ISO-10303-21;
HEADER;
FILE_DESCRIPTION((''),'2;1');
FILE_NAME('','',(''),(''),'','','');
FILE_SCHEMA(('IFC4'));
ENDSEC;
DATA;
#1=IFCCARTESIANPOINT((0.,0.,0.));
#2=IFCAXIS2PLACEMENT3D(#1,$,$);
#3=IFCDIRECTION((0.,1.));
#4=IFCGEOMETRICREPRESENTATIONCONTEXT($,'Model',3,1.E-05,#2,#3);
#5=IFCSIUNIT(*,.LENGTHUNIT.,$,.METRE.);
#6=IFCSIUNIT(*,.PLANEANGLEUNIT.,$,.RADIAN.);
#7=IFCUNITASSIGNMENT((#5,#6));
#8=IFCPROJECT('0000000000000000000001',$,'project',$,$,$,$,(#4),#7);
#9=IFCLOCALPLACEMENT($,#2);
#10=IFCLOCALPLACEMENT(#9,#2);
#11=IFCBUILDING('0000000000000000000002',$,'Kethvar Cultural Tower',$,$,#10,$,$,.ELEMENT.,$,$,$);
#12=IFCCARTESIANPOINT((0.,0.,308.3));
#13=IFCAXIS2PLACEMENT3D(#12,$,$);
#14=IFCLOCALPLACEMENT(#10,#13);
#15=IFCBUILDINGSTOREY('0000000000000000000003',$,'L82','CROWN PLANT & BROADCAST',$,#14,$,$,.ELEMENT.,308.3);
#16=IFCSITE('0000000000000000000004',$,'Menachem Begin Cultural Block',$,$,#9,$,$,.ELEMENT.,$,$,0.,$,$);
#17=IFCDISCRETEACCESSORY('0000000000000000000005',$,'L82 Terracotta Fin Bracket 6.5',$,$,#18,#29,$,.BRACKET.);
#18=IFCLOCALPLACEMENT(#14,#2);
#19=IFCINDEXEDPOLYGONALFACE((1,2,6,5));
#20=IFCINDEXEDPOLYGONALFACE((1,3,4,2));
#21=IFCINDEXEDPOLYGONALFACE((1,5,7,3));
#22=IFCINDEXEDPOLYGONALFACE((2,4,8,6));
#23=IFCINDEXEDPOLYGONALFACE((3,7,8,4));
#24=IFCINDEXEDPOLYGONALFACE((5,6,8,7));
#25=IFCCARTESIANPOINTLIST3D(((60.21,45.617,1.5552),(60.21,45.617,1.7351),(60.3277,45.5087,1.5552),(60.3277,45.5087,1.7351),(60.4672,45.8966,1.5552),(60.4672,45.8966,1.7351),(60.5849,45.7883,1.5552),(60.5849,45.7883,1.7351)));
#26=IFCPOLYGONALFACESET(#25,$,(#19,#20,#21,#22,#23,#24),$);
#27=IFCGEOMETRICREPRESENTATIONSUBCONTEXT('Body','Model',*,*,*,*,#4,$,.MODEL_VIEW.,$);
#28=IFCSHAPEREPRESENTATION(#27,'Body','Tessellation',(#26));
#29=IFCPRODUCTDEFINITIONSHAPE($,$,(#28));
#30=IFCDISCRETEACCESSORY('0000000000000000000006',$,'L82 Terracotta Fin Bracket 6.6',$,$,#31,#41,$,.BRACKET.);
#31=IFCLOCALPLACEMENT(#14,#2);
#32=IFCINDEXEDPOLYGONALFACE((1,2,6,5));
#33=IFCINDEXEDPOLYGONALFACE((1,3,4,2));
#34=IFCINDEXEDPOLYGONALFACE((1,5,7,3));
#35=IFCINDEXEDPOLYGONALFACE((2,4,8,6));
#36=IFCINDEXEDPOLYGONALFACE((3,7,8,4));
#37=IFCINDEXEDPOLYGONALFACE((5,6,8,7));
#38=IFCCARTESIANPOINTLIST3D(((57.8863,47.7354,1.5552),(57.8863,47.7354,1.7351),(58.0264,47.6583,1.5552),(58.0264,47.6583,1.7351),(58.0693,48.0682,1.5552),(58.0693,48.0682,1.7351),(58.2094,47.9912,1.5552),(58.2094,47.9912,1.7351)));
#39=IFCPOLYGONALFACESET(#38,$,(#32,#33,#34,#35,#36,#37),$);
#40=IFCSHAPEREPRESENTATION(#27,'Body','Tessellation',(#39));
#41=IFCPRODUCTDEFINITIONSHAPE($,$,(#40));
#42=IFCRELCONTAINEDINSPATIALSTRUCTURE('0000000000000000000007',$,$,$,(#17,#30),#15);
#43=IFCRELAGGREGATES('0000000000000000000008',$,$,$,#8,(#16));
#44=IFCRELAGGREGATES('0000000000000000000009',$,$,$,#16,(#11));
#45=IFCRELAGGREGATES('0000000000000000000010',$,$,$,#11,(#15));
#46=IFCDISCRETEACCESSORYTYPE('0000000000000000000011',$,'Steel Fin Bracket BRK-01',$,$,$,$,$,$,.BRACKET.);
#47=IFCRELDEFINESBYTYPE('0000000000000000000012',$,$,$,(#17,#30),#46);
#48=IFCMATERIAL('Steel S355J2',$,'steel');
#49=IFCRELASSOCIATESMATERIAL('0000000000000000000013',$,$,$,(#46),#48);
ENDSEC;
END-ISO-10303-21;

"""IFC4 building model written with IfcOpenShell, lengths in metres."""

from ifc_helpers import new_model, si_unit, direction, frame, origin, origin_2d, place, context, subcontext, project, spatial, rectangle, extrude, source, transform, mapped, material, type_object, element, save


model = new_model("IFC4")

# Units and contexts
model_context = context("Model", 3, precision=1e-05, world=origin(), true_north=direction((0.0, 1.0)))
body_context = subcontext(model_context, "Body", "Model", "MODEL_VIEW")
ifc_project = project(units=[si_unit("LENGTHUNIT", "METRE"), si_unit("PLANEANGLEUNIT", "RADIAN")], contexts=[model_context])

# Site, building, storey
site_placement = place(None, origin())
site = spatial("IfcSite", under=ifc_project, at=site_placement, Name="Menachem Begin Cultural Block", CompositionType="ELEMENT", RefElevation=0.0)
building_placement = place(site_placement, origin())
building = spatial("IfcBuilding", under=site, at=building_placement, Name="Kethvar Cultural Tower", CompositionType="ELEMENT")
storey_placement = place(building_placement, frame((0.0, 0.0, 308.3)))
storey = spatial("IfcBuildingStorey", under=building, at=storey_placement, Name="L82", Description="CROWN PLANT & BROADCAST", CompositionType="ELEMENT", Elevation=308.3)

# Shared definitions
ifc_material_1 = material(Name="Steel S355J2", Category="steel")

# Discrete accessories
discrete_accessory_type = type_object("IfcDiscreteAccessoryType", Name="Steel Fin Bracket BRK-01", PredefinedType="BRACKET", material=ifc_material_1)
shared_shape_1 = source(origin(), body_context, "Body", "SweptSolid", [
    extrude(rectangle(XDim=0.3799, YDim=0.1599, at=origin_2d()), origin(), (0.0, 0.0, 1.0), 0.1799),
])
for number, where, z_axis, x_axis, name in (
    (1, (60.3975, 45.7026, 1.5552), (0.0, 0.0, 1.0), (0.677004, 0.735979, 0.0), "L82 Terracotta Fin Bracket 6.5"),
    (2, (58.0479, 47.8633, 1.5552), (0.0, 0.0, 1.0), (0.481754, 0.876307, 0.0), "L82 Terracotta Fin Bracket 6.6"),
):
    element("IfcDiscreteAccessory", number, at=place(storey_placement, frame(where, z_axis=z_axis, x_axis=x_axis)), inside=storey, type_object=discrete_accessory_type, Name=name, PredefinedType="BRACKET", context=body_context, shape_type="MappedRepresentation", body=[
        mapped(shared_shape_1, transform((0.0, 0.0, 0.0), scale=1.0)),
    ])

save(model, "model.ifc")
